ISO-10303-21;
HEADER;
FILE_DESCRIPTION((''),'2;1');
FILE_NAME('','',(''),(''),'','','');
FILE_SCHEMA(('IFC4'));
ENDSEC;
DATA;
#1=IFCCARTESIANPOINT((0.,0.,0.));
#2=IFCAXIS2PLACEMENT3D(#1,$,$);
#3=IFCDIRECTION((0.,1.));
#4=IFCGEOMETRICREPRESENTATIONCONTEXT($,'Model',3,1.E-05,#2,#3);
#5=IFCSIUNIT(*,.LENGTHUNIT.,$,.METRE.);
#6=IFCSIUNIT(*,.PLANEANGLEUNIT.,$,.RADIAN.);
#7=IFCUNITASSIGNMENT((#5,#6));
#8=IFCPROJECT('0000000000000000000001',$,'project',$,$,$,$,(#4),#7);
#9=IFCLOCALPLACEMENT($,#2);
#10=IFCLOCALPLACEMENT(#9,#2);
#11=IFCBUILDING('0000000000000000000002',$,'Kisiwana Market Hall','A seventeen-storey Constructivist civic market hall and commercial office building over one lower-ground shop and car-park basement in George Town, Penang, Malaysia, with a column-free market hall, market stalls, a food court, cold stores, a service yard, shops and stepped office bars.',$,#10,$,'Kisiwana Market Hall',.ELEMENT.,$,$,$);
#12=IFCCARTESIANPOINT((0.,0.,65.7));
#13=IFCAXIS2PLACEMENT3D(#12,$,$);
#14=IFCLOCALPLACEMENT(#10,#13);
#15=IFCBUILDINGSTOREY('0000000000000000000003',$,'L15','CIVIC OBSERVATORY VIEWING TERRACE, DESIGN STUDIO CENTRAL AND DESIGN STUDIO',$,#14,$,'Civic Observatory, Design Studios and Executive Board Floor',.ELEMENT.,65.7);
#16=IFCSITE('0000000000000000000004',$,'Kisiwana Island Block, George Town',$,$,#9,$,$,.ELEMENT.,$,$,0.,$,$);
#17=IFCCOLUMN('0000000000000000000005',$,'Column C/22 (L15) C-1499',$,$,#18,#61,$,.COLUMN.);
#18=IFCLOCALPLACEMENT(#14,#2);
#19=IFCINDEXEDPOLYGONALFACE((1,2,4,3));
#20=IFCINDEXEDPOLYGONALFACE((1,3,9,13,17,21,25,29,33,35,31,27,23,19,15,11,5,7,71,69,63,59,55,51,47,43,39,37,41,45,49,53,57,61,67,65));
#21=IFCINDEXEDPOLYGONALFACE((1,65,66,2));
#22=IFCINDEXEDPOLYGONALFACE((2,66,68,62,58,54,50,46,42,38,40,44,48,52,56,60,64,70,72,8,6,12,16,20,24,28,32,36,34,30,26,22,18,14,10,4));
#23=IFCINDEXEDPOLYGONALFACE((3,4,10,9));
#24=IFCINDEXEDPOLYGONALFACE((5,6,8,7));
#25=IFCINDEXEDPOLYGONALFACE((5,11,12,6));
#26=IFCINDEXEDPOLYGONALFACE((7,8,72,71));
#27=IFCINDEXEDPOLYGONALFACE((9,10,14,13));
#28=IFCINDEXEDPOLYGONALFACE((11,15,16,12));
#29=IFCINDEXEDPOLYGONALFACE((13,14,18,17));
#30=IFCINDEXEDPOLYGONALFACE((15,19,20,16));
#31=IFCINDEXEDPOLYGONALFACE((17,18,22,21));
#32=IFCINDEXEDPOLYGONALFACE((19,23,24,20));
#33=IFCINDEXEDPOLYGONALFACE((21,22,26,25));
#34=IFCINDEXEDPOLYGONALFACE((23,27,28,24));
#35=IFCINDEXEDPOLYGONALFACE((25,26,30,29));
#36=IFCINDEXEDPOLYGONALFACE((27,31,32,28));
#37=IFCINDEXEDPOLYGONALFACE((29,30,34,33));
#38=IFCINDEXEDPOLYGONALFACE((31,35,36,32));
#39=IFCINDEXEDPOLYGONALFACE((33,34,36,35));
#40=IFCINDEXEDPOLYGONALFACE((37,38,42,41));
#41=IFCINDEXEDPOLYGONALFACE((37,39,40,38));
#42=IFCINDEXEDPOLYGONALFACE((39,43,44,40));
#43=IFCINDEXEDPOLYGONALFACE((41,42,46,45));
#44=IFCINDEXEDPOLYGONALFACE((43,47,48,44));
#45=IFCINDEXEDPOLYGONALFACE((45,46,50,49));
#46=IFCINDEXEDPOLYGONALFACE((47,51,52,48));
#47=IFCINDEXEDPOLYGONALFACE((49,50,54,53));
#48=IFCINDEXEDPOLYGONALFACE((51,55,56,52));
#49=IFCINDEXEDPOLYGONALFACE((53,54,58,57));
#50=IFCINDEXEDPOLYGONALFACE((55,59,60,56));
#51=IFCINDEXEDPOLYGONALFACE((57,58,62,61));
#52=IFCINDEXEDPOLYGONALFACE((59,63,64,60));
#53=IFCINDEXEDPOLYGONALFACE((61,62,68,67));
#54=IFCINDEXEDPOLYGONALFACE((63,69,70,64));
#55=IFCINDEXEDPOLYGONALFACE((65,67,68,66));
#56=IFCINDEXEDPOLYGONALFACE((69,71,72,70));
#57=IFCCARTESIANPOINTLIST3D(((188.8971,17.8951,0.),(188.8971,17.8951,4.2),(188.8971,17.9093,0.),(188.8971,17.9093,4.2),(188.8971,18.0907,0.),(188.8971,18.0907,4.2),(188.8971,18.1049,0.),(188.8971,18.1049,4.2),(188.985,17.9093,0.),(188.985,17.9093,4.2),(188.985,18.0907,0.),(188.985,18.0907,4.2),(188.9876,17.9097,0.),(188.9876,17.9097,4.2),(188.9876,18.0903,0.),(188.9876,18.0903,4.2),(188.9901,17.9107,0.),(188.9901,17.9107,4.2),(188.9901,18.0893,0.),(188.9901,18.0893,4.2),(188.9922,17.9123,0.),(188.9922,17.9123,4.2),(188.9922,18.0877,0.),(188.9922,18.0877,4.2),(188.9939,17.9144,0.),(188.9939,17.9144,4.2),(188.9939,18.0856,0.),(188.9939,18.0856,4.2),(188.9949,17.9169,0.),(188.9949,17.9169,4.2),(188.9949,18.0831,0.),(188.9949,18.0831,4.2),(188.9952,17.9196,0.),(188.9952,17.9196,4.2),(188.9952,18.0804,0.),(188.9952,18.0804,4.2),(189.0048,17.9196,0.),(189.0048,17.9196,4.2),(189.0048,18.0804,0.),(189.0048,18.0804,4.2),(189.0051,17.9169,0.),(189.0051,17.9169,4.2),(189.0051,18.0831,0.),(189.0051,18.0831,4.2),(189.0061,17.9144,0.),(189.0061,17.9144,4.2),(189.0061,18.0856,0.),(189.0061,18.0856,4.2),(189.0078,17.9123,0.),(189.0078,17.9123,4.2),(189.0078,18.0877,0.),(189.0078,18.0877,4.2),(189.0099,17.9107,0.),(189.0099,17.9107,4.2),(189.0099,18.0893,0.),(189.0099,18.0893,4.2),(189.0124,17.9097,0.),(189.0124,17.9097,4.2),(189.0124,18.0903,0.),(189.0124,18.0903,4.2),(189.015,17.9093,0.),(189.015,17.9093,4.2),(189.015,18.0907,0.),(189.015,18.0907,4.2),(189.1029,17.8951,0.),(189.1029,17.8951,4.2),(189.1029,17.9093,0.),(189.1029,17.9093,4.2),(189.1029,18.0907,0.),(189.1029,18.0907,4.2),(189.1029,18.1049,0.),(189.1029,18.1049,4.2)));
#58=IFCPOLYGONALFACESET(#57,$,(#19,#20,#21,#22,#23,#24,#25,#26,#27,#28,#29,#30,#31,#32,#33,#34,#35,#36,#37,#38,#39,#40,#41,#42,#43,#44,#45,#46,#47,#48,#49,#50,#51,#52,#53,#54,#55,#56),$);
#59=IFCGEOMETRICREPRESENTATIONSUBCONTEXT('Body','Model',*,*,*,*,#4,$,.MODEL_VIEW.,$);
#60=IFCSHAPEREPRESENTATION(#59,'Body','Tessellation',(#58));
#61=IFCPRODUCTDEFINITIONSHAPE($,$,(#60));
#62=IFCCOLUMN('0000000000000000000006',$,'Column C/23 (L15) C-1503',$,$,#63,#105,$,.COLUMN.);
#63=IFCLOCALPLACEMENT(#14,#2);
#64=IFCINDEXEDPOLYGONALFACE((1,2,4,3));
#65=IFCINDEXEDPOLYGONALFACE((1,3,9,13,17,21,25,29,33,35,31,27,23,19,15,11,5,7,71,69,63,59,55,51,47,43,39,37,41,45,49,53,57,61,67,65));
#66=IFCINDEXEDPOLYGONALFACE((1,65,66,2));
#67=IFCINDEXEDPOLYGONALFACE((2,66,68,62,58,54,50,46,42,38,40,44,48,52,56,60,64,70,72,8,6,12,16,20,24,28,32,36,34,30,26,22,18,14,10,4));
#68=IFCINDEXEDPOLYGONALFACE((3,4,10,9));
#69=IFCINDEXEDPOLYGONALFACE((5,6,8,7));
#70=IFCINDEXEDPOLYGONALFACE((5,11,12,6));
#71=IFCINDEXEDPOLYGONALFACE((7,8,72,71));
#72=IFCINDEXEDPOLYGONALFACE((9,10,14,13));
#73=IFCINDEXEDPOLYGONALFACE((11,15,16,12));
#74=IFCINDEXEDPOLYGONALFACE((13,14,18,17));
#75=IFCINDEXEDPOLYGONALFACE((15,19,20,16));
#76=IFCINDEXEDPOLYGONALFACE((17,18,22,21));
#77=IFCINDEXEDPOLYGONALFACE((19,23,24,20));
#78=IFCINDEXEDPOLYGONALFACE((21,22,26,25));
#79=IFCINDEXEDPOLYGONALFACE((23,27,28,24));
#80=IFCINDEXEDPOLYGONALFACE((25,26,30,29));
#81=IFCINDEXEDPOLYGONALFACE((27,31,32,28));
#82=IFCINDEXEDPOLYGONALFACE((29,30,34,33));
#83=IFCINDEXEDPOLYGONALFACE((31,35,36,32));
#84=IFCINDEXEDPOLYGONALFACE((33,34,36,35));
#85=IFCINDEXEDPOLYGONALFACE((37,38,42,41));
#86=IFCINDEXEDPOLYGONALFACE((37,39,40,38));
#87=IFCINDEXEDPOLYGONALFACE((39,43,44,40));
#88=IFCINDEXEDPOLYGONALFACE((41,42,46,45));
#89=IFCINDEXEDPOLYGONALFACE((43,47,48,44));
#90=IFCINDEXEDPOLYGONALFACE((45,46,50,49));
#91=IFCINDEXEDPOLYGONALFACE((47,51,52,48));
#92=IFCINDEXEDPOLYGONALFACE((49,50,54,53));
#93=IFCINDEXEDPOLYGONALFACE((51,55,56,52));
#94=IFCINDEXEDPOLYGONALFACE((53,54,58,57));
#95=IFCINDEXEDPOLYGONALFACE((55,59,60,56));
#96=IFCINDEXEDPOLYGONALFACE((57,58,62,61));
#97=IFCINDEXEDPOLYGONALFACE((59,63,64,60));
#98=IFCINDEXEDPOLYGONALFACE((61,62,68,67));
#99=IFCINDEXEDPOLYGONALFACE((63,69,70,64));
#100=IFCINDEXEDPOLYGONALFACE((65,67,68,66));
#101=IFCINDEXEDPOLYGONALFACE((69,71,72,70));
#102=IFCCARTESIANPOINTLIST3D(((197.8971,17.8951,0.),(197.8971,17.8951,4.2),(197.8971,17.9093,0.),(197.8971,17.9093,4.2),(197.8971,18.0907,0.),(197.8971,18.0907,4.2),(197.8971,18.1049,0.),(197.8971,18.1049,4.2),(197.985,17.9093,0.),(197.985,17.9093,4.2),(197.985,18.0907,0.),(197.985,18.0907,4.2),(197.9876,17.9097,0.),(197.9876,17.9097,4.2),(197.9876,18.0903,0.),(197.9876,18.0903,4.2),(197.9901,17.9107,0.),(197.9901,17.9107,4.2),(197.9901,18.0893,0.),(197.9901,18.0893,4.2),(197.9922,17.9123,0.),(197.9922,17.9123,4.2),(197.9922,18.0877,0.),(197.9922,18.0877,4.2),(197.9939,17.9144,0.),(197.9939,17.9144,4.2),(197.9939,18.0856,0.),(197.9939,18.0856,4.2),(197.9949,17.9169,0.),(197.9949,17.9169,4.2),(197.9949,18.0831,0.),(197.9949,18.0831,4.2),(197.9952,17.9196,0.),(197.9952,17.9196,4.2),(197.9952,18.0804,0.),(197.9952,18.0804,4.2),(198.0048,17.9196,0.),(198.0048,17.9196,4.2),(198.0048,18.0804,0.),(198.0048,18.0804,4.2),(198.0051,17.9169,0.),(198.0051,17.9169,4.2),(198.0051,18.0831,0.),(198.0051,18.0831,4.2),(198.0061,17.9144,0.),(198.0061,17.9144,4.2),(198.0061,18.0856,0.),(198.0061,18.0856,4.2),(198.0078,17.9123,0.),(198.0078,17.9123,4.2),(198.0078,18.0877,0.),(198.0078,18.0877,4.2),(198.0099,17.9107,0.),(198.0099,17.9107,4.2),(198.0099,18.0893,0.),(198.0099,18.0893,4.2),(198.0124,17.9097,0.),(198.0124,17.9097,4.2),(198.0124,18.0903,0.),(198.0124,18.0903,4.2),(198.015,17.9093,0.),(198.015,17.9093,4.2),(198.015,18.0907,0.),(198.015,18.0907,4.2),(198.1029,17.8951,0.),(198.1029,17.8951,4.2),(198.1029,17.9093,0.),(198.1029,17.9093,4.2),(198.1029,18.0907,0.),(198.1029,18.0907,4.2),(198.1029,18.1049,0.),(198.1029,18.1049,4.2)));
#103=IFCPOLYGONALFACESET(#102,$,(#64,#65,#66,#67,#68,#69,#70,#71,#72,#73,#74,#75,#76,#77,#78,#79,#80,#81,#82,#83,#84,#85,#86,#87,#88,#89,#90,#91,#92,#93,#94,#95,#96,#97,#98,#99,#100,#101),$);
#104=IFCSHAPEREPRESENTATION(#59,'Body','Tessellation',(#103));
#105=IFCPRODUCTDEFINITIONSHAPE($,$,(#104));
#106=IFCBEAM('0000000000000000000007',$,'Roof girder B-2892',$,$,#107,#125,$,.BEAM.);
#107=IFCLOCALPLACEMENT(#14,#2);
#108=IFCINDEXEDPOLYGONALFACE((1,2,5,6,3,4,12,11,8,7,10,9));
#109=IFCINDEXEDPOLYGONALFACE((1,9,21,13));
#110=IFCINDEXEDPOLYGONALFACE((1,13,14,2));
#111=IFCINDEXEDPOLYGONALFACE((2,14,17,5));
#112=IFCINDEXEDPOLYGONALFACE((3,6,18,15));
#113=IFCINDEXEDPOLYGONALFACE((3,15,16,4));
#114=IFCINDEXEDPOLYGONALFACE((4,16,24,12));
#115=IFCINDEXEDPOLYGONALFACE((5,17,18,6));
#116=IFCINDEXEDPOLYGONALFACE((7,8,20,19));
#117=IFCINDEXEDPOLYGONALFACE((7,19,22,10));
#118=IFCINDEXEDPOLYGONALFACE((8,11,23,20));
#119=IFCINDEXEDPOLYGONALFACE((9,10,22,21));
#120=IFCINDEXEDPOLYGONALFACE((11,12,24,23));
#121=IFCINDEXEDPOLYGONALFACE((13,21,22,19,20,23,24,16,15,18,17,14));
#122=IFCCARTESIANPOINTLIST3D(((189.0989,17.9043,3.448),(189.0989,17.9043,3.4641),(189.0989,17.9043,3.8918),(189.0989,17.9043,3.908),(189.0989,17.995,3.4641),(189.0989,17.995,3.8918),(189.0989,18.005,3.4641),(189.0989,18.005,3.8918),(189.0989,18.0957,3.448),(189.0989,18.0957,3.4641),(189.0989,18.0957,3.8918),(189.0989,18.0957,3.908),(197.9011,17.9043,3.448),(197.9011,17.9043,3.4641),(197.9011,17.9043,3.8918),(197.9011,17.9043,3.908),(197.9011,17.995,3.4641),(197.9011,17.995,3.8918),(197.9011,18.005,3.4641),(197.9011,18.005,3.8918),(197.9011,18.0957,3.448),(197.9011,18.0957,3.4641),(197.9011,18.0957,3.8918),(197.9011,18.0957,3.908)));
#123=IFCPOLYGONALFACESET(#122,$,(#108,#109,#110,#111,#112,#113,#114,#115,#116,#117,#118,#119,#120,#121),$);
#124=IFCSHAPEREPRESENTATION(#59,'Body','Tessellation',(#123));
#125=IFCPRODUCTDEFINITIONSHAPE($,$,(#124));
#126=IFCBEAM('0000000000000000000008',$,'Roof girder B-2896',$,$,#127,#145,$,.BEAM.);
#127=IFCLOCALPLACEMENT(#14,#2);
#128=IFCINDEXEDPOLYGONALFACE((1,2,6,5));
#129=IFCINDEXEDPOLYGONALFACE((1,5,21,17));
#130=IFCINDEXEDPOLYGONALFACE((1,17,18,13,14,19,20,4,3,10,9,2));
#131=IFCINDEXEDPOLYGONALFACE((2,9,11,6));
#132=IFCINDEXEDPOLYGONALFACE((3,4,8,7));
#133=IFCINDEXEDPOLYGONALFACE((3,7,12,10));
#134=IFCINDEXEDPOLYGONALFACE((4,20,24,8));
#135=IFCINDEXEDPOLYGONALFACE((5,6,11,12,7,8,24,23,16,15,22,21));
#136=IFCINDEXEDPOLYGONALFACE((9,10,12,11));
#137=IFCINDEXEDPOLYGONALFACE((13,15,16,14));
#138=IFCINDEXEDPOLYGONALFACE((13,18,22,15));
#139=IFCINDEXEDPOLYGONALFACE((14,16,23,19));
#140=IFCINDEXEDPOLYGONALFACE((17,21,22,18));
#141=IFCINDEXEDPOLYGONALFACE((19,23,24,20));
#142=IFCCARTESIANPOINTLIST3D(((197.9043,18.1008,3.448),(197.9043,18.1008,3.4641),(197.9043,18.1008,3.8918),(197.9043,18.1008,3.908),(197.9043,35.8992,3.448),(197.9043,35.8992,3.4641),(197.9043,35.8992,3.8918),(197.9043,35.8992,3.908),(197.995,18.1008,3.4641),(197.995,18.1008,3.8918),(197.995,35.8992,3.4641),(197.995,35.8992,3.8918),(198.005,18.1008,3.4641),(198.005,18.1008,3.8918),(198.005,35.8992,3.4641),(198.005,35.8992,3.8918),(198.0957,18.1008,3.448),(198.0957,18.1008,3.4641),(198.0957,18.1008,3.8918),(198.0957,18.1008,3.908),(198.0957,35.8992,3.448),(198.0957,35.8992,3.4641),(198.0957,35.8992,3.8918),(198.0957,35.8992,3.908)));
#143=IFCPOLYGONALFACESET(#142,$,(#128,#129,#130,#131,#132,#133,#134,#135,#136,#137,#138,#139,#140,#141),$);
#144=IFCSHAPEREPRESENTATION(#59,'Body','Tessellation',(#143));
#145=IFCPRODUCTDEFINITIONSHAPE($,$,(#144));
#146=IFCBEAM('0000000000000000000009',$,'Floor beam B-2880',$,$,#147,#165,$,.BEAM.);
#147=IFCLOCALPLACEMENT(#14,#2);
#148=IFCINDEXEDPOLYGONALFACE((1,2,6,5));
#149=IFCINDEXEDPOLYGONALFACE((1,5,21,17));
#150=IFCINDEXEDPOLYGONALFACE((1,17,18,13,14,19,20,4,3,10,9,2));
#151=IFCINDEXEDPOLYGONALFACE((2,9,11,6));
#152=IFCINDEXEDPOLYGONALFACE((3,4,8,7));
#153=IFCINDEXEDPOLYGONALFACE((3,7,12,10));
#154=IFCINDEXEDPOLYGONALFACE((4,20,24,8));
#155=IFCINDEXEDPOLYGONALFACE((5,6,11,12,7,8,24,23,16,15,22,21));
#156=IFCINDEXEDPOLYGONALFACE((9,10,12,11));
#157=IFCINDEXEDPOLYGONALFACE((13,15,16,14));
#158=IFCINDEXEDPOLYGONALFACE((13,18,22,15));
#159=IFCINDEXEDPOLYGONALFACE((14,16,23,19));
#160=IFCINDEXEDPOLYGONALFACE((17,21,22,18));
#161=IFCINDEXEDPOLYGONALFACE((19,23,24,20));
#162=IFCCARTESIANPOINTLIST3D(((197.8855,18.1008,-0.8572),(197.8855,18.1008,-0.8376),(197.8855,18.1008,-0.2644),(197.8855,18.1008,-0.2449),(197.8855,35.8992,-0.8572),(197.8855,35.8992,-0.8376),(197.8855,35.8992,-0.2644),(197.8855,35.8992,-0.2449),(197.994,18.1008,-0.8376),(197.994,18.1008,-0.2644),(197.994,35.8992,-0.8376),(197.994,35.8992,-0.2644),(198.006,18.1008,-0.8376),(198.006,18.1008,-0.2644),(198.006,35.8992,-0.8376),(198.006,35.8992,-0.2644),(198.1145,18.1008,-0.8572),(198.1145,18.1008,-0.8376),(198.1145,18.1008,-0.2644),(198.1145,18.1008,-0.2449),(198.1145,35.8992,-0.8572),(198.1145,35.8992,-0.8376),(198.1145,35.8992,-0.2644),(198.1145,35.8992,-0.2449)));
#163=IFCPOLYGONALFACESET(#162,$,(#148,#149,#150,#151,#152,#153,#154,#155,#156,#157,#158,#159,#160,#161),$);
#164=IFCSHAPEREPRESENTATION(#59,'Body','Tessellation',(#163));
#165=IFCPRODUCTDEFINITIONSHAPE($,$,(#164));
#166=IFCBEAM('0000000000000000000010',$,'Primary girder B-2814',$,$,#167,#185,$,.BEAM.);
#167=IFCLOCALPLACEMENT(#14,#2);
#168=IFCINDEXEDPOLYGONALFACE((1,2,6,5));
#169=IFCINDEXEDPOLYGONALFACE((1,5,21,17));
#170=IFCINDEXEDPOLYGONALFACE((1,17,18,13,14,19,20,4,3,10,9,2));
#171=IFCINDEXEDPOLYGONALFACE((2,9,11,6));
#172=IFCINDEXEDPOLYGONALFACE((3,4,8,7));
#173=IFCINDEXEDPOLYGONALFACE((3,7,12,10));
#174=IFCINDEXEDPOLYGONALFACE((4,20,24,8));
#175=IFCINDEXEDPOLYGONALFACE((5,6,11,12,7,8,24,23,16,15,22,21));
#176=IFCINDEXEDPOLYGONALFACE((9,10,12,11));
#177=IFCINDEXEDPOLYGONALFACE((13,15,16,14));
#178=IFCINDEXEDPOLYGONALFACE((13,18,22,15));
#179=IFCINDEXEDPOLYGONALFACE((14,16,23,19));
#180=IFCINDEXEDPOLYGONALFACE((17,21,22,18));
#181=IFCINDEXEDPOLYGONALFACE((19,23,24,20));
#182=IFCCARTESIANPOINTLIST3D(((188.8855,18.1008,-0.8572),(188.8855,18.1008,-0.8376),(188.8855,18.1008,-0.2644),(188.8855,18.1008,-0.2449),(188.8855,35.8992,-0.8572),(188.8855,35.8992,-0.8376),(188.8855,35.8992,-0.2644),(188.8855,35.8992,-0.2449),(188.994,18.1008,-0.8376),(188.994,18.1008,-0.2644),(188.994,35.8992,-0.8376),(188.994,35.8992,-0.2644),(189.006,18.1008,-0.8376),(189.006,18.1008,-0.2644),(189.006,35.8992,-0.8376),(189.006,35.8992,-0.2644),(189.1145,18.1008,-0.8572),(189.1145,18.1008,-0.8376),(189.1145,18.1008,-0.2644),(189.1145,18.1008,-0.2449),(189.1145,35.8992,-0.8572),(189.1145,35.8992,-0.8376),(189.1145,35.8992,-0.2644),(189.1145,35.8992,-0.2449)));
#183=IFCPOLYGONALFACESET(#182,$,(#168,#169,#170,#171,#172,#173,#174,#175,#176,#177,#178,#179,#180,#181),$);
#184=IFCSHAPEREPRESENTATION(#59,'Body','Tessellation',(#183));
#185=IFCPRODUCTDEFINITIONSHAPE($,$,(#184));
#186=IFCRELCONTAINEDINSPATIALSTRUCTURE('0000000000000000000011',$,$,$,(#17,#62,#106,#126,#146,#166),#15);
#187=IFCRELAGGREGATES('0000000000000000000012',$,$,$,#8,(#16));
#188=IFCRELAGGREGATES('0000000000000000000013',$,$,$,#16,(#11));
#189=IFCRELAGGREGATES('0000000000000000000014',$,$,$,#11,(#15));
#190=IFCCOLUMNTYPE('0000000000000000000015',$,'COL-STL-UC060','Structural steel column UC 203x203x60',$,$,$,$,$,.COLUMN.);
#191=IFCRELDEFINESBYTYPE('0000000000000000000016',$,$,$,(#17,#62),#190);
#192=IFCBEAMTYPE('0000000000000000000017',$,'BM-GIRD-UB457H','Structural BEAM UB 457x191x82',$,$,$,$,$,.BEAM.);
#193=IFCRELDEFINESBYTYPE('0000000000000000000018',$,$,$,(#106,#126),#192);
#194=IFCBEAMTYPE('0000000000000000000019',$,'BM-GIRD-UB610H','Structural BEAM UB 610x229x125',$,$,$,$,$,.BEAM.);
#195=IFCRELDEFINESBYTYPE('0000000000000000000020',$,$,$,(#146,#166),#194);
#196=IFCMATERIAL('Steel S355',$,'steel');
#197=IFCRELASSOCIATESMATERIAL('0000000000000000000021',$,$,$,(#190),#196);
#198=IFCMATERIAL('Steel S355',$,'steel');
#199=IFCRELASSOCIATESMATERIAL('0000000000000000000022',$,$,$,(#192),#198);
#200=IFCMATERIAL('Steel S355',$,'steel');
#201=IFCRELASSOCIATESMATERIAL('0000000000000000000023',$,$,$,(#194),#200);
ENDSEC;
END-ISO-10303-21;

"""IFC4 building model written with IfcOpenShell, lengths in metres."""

from ifc_helpers import new_model, si_unit, direction, frame, origin, origin_2d, place, context, subcontext, project, spatial, i_section, extrude, material, material_profile, profile_set, type_object, element, save


model = new_model("IFC4")

# Units and contexts
model_context = context("Model", 3, precision=1e-05, world=origin(), true_north=direction((0.0, 1.0)))
body_context = subcontext(model_context, "Body", "Model", "MODEL_VIEW")
ifc_project = project(units=[si_unit("LENGTHUNIT", "METRE"), si_unit("PLANEANGLEUNIT", "RADIAN")], contexts=[model_context])

# Site, building, storey
site_placement = place(None, origin())
site = spatial("IfcSite", under=ifc_project, at=site_placement, Name="Kisiwana Island Block, George Town", CompositionType="ELEMENT", RefElevation=0.0)
building_placement = place(site_placement, origin())
building = spatial("IfcBuilding", under=site, at=building_placement, Name="Kisiwana Market Hall", Description="A seventeen-storey Constructivist civic market hall and commercial office building over one lower-ground shop and car-park basement in George Town, Penang, Malaysia, with a column-free market hall, market stalls, a food court, cold stores, a service yard, shops and stepped office bars.", LongName="Kisiwana Market Hall", CompositionType="ELEMENT")
storey_placement = place(building_placement, frame((0.0, 0.0, 65.7)))
storey = spatial("IfcBuildingStorey", under=building, at=storey_placement, Name="L15", Description="CIVIC OBSERVATORY VIEWING TERRACE, DESIGN STUDIO CENTRAL AND DESIGN STUDIO", LongName="Civic Observatory, Design Studios and Executive Board Floor", CompositionType="ELEMENT", Elevation=65.7)

# Columns
ifc_material_1 = material(Name="Steel S355", Category="steel")
ifc_material_profile_1 = material_profile(ifc_material_1, i_section(OverallWidth=0.2058, OverallDepth=0.2097, WebThickness=0.0095, FlangeThickness=0.0142, FilletRadius=0.0103, at=origin_2d()), Name="UC 203x203x60")
ifc_profile_set_1 = profile_set([ifc_material_profile_1], Name="Steel S355")
column_type = type_object("IfcColumnType", Name="COL-STL-UC060", Description="Structural steel column UC 203x203x60", PredefinedType="COLUMN", material=ifc_profile_set_1)
for number, where, z_axis, x_axis, name in (
    (1, (189.0, 18.0, 0.0), (0.0, 0.0, 1.0), (1.0, 0.0, 0.0), "Column C/22 (L15) C-1499"),
    (2, (198.0, 18.0, 0.0), (0.0, 0.0, 1.0), (1.0, 0.0, 0.0), "Column C/23 (L15) C-1503"),
):
    element("IfcColumn", number, at=place(storey_placement, frame(where, z_axis=z_axis, x_axis=x_axis)), inside=storey, type_object=column_type, Name=name, PredefinedType="COLUMN", context=body_context, shape_type="SweptSolid", body=[
        extrude(i_section(OverallWidth=0.2058, OverallDepth=0.2097, WebThickness=0.0095, FlangeThickness=0.0142, FilletRadius=0.0103, at=origin_2d()), origin(), (0.0, 0.0, 1.0), 4.2),
    ])

# Beams
ifc_material_2 = material(Name="Steel S355", Category="steel")
ifc_material_profile_2 = material_profile(ifc_material_2, i_section(OverallWidth=0.1914, OverallDepth=0.46, WebThickness=0.01, FlangeThickness=0.0161, at=origin_2d()), Name="UB 457x191x82")
ifc_profile_set_2 = profile_set([ifc_material_profile_2], Name="Steel S355")
beam_type_1 = type_object("IfcBeamType", Name="BM-GIRD-UB457H", Description="Structural BEAM UB 457x191x82", PredefinedType="BEAM", material=ifc_profile_set_2)
beam_1_placement = place(storey_placement, frame((189.0989, 18.0, 3.678), z_axis=(1.0, 0.0, 0.0), x_axis=(0.0, 1.0, 0.0)))
element("IfcBeam", 3, at=beam_1_placement, inside=storey, type_object=beam_type_1, Name="Roof girder B-2892", PredefinedType="BEAM", context=body_context, shape_type="SweptSolid", body=[
    extrude(i_section(OverallWidth=0.1914, OverallDepth=0.46, WebThickness=0.01, FlangeThickness=0.0161, at=origin_2d()), origin(), (0.0, 0.0, 1.0), 8.8022),
])
beam_2_placement = place(storey_placement, frame((198.0, 18.1008, 3.678), z_axis=(0.0, 1.0, 0.0), x_axis=(-1.0, 0.0, 0.0)))
element("IfcBeam", 4, at=beam_2_placement, inside=storey, type_object=beam_type_1, Name="Roof girder B-2896", PredefinedType="BEAM", context=body_context, shape_type="SweptSolid", body=[
    extrude(i_section(OverallWidth=0.1914, OverallDepth=0.46, WebThickness=0.01, FlangeThickness=0.0161, at=origin_2d()), origin(), (0.0, 0.0, 1.0), 17.7983),
])
ifc_material_3 = material(Name="Steel S355", Category="steel")
ifc_material_profile_3 = material_profile(ifc_material_3, i_section(OverallWidth=0.229, OverallDepth=0.6123, WebThickness=0.012, FlangeThickness=0.0195, at=origin_2d()), Name="UB 610x229x125")
ifc_profile_set_3 = profile_set([ifc_material_profile_3], Name="Steel S355")
beam_type_2 = type_object("IfcBeamType", Name="BM-GIRD-UB610H", Description="Structural BEAM UB 610x229x125", PredefinedType="BEAM", material=ifc_profile_set_3)
for number, where, z_axis, x_axis, name in (
    (5, (198.0, 18.1008, -0.551), (0.0, 1.0, 0.0), (-1.0, 0.0, 0.0), "Floor beam B-2880"),
    (6, (189.0, 18.1008, -0.551), (0.0, 1.0, 0.0), (-1.0, 0.0, 0.0), "Primary girder B-2814"),
):
    element("IfcBeam", number, at=place(storey_placement, frame(where, z_axis=z_axis, x_axis=x_axis)), inside=storey, type_object=beam_type_2, Name=name, PredefinedType="BEAM", context=body_context, shape_type="SweptSolid", body=[
        extrude(i_section(OverallWidth=0.229, OverallDepth=0.6123, WebThickness=0.012, FlangeThickness=0.0195, at=origin_2d()), origin(), (0.0, 0.0, 1.0), 17.7983),
    ])

save(model, "model.ifc")
